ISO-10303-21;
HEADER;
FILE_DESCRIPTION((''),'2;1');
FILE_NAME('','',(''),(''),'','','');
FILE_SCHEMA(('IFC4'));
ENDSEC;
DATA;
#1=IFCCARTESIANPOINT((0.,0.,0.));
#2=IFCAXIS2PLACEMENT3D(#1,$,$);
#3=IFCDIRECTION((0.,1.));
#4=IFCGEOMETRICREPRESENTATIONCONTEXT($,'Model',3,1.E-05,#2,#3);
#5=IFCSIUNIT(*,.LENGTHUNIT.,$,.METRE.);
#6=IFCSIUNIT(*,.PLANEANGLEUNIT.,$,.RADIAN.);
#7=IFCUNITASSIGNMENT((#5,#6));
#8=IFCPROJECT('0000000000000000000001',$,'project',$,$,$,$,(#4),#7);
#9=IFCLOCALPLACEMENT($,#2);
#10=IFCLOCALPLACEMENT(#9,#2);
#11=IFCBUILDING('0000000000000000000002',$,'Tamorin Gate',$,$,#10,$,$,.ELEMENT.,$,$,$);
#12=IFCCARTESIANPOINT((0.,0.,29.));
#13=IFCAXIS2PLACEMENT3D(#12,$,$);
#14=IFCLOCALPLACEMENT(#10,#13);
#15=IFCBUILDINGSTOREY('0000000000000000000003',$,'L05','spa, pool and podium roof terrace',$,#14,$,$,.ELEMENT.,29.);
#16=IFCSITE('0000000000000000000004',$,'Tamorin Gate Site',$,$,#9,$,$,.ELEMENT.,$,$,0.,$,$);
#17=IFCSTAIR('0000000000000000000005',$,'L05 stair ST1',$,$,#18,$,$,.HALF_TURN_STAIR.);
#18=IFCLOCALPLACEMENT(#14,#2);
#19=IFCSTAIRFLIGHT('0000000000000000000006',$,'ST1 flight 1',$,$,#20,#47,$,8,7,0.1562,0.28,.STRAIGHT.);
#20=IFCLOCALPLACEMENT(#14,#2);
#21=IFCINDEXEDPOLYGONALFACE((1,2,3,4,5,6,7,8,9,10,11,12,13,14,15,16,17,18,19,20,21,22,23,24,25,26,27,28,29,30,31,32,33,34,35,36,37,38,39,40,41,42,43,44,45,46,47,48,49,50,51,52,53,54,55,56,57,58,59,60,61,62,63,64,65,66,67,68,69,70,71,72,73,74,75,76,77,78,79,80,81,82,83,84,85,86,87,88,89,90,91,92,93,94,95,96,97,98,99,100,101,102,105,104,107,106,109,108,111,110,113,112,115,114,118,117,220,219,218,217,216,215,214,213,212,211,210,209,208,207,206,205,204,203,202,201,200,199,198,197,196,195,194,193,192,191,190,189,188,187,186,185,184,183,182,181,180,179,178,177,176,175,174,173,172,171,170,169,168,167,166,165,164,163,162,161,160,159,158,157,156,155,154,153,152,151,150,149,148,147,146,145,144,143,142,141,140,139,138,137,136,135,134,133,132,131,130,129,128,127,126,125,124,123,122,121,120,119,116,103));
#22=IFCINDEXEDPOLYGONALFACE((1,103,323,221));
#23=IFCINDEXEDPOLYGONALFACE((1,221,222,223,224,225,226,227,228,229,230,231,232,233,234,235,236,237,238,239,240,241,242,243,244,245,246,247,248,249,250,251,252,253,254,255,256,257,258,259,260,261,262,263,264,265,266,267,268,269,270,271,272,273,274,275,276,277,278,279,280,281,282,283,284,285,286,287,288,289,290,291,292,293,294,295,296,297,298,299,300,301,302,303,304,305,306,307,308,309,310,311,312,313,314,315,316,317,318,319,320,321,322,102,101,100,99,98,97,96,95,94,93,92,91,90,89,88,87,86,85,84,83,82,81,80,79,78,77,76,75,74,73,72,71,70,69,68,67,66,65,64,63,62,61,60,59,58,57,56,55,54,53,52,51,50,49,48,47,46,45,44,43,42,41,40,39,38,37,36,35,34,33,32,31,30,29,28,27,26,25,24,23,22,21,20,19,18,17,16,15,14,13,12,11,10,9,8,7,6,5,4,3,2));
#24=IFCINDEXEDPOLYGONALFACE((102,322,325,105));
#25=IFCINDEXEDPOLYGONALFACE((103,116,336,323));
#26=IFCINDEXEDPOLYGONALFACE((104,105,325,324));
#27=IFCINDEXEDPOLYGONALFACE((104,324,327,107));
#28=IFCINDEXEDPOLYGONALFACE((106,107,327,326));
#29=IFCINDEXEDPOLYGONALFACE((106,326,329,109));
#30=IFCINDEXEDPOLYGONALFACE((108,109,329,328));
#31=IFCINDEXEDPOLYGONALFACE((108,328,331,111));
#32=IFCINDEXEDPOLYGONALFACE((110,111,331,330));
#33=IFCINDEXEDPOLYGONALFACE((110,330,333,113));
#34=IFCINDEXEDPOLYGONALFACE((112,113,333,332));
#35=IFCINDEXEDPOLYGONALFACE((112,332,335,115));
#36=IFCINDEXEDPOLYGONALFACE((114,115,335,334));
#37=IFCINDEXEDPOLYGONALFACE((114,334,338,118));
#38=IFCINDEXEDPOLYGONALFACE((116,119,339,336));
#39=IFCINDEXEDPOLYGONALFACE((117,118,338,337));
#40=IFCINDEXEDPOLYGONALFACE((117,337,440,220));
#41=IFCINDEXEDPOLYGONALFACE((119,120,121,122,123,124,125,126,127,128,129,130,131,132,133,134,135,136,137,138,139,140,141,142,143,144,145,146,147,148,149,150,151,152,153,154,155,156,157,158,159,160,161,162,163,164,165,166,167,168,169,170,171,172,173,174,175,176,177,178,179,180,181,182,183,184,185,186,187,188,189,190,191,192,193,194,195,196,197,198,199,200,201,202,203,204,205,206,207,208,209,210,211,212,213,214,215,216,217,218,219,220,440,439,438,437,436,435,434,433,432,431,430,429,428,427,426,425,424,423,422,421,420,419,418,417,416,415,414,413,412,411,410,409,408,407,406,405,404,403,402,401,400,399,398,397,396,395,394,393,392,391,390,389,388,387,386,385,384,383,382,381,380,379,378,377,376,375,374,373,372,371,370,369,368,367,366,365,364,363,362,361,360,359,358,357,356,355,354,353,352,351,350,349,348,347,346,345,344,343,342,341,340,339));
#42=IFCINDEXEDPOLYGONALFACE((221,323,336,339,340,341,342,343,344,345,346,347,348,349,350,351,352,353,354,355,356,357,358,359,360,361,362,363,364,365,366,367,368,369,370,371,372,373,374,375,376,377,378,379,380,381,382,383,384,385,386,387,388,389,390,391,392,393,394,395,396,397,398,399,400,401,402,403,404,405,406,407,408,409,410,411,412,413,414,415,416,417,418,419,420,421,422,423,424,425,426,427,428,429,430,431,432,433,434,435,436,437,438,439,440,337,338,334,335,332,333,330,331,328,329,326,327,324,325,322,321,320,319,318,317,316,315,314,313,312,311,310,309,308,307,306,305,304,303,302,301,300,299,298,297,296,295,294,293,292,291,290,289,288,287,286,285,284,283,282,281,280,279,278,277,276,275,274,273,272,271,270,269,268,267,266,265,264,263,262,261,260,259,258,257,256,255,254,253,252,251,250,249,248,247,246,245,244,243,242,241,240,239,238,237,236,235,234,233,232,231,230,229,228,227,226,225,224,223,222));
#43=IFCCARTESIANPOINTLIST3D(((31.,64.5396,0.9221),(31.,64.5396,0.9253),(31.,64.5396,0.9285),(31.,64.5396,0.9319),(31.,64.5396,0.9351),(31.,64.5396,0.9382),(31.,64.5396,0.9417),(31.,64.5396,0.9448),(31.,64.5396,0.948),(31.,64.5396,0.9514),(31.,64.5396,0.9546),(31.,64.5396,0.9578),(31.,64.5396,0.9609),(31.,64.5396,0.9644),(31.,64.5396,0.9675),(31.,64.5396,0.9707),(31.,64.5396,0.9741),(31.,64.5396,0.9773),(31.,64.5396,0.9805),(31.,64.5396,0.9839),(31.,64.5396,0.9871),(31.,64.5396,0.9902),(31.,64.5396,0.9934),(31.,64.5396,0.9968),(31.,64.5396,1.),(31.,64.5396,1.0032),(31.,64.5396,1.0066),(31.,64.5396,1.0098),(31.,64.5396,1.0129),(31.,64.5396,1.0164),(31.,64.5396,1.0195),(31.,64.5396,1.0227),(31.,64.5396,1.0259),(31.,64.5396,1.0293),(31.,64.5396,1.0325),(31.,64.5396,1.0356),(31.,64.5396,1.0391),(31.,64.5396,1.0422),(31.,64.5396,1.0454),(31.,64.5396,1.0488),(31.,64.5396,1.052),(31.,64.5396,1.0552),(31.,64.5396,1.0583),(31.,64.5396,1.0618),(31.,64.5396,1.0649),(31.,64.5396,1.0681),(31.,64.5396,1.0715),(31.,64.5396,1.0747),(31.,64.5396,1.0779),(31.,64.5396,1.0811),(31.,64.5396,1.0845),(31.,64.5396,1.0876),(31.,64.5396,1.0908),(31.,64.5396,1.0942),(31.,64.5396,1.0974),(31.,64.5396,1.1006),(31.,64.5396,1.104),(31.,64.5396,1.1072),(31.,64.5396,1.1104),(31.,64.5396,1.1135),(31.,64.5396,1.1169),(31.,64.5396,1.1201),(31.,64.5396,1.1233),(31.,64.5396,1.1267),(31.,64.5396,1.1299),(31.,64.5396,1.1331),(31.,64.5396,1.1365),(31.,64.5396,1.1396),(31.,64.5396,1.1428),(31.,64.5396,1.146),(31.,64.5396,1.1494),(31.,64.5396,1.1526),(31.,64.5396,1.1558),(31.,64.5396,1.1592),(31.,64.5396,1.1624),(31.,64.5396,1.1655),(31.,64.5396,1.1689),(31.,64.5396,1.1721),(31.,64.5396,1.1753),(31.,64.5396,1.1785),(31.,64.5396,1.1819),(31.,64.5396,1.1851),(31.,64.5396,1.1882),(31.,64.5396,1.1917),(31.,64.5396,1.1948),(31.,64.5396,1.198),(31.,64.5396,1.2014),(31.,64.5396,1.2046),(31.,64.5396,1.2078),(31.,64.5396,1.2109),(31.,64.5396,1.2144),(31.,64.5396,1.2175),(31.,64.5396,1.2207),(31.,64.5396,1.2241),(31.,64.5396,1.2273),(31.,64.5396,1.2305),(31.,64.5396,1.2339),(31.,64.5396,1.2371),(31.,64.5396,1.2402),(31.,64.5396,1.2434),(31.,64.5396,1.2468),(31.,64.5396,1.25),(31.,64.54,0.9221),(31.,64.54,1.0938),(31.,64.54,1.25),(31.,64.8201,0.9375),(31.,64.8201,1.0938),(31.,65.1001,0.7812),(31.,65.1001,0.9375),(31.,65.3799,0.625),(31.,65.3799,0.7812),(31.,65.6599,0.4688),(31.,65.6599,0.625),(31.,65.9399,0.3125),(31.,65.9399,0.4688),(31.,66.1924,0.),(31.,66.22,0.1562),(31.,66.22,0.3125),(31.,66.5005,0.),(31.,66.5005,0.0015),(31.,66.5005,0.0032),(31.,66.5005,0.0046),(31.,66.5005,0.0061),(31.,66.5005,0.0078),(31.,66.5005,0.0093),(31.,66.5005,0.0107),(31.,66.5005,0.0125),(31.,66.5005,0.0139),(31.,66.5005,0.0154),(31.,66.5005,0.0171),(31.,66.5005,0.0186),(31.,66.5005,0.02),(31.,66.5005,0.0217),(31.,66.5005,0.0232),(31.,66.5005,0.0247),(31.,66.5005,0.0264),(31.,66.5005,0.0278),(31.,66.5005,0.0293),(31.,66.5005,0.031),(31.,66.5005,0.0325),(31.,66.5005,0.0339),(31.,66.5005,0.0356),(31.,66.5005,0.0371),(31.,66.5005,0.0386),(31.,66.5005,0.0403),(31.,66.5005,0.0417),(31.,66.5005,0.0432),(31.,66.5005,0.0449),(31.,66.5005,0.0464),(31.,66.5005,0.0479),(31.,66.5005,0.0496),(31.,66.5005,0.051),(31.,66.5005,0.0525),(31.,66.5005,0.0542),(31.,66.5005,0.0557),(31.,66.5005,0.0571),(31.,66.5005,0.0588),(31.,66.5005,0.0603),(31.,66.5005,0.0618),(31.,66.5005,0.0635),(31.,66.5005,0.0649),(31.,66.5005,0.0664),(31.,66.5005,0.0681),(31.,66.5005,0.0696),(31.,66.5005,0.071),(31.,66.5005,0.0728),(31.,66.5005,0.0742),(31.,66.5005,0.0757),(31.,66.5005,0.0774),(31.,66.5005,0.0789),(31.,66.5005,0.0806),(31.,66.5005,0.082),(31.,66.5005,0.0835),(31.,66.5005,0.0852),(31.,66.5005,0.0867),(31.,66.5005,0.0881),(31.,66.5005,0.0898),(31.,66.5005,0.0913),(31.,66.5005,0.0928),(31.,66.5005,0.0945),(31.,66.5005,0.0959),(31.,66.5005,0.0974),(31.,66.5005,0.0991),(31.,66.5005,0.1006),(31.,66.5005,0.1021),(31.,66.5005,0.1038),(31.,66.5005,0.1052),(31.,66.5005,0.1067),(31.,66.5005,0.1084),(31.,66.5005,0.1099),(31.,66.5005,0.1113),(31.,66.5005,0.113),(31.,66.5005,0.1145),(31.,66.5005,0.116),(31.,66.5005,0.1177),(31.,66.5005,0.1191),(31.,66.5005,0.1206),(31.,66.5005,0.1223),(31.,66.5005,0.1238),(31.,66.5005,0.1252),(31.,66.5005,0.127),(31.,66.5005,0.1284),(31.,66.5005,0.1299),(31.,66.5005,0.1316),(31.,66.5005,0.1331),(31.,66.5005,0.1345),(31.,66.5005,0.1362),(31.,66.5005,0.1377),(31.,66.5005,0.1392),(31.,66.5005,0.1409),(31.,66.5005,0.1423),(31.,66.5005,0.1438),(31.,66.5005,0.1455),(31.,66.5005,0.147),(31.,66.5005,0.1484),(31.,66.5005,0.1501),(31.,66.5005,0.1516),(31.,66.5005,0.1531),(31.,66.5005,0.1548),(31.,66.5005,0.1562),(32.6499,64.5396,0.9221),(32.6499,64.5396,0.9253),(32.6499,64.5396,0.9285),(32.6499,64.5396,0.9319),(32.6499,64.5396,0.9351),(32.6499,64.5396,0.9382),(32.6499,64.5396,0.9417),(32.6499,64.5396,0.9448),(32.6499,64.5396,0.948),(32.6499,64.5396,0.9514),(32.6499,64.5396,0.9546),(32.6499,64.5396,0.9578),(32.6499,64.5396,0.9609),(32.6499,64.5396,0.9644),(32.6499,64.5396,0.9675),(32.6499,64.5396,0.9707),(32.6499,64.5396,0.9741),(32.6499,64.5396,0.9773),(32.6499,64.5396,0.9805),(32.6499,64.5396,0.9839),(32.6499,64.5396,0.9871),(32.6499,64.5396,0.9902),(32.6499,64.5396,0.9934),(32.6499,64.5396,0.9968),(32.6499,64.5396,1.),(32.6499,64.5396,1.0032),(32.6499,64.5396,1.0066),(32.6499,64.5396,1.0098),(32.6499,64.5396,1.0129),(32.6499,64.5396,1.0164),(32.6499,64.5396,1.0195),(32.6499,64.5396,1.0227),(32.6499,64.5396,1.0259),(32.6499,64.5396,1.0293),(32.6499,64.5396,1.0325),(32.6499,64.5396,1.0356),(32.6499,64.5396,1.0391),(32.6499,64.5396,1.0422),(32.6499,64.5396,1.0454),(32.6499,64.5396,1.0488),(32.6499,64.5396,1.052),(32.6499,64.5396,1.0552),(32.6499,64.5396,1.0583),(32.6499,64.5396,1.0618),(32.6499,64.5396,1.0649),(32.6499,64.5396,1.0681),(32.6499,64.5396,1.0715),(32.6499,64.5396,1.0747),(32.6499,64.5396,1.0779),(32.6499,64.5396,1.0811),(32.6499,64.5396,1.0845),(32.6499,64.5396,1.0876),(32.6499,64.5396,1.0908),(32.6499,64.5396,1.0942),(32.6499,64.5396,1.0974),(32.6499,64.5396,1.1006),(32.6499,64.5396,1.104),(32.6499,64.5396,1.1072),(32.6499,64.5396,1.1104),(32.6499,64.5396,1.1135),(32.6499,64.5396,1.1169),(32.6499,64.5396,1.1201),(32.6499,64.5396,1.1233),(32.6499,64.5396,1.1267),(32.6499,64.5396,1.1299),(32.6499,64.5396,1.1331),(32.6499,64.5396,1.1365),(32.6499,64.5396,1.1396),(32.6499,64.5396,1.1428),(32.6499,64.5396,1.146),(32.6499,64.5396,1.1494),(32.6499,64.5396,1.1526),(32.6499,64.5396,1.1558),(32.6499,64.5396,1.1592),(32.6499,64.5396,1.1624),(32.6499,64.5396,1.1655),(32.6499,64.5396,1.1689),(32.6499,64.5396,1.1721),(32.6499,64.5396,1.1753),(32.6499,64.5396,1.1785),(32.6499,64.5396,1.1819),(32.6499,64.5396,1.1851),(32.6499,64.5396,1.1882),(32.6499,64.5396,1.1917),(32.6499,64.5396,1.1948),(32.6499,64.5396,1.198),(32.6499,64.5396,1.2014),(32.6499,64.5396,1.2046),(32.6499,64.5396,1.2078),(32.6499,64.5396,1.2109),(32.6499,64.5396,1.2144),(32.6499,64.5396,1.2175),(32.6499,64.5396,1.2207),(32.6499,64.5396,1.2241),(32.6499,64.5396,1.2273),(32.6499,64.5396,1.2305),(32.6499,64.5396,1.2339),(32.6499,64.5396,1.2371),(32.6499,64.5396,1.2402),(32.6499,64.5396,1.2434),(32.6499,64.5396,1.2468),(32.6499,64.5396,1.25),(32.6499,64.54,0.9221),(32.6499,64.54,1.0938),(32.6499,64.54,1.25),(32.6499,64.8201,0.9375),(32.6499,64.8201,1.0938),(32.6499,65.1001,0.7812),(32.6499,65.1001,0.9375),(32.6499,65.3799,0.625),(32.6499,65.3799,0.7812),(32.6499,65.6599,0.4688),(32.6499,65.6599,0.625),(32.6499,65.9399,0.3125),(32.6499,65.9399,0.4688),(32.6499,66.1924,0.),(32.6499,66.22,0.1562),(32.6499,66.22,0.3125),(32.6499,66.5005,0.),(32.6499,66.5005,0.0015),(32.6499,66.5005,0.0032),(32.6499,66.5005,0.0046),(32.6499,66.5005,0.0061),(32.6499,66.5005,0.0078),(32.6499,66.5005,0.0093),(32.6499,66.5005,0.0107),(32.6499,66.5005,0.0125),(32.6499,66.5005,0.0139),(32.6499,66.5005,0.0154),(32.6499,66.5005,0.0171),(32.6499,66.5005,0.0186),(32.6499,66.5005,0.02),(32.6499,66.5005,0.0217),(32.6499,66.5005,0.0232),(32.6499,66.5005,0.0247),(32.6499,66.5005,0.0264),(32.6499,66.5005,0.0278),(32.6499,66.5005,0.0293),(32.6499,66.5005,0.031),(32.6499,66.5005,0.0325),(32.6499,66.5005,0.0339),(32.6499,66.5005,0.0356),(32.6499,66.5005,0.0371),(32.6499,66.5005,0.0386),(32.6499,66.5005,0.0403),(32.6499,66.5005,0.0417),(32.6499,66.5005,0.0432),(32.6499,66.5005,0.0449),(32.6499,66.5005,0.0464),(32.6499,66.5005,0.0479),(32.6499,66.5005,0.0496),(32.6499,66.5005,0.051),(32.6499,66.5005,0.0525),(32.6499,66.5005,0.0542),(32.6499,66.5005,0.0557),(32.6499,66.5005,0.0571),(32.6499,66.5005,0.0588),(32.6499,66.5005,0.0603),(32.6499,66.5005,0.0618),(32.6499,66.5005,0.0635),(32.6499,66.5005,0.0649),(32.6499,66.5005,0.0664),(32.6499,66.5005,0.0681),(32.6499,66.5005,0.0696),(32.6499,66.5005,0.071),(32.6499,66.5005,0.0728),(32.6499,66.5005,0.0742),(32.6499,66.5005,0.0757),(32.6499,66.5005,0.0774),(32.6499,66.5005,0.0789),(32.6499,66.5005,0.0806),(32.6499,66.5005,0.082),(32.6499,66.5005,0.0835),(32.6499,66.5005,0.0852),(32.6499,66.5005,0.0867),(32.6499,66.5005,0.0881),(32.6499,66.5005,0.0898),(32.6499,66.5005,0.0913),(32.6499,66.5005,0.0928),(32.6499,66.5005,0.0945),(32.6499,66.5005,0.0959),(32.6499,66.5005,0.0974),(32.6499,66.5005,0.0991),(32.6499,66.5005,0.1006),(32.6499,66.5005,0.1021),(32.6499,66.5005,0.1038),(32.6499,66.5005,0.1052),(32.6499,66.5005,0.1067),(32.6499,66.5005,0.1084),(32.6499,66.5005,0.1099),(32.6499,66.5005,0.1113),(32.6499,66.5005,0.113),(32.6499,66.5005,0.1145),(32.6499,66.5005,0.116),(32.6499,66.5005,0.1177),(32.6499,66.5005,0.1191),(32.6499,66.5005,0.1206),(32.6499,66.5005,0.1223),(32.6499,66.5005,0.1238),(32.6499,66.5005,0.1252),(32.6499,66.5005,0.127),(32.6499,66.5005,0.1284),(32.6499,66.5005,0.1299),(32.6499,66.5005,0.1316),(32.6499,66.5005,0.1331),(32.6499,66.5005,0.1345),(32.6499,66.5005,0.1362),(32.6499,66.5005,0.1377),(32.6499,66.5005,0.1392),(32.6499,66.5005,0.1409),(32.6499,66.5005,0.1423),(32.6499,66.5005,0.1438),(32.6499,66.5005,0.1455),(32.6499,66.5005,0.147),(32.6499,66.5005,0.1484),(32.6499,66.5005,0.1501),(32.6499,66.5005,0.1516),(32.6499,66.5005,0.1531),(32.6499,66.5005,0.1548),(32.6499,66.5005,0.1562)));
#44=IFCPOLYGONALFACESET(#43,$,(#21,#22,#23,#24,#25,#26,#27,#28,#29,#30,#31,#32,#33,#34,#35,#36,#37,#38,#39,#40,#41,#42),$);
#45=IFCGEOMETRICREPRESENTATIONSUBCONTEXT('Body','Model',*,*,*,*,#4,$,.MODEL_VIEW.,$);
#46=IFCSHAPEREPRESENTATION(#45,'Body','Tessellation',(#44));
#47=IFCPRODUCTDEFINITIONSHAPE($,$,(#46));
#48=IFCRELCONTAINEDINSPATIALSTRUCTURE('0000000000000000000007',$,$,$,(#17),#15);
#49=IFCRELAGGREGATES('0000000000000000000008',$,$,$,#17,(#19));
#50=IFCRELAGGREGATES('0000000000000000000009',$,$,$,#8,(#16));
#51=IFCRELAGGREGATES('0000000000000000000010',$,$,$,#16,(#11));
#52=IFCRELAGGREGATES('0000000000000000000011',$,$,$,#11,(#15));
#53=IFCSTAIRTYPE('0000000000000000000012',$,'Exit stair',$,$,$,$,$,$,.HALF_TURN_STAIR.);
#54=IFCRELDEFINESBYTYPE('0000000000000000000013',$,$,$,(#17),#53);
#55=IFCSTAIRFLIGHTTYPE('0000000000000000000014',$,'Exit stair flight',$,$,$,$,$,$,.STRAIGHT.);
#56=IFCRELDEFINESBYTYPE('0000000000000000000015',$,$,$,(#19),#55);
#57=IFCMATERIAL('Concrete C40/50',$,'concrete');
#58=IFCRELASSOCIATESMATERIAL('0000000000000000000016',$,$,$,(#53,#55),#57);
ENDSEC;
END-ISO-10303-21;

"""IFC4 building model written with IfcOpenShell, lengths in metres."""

from ifc_helpers import new_model, si_unit, direction, frame, origin, place, context, subcontext, project, spatial, polyline, outline, extrude, material, type_object, element, aggregate, save


model = new_model("IFC4")

# Units and contexts
model_context = context("Model", 3, precision=1e-05, world=origin(), true_north=direction((0.0, 1.0)))
body_context = subcontext(model_context, "Body", "Model", "MODEL_VIEW")
ifc_project = project(units=[si_unit("LENGTHUNIT", "METRE"), si_unit("PLANEANGLEUNIT", "RADIAN")], contexts=[model_context])

# Site, building, storey
site_placement = place(None, origin())
site = spatial("IfcSite", under=ifc_project, at=site_placement, Name="Tamorin Gate Site", CompositionType="ELEMENT", RefElevation=0.0)
building_placement = place(site_placement, origin())
building = spatial("IfcBuilding", under=site, at=building_placement, Name="Tamorin Gate", CompositionType="ELEMENT")
storey_placement = place(building_placement, frame((0.0, 0.0, 29.0)))
storey = spatial("IfcBuildingStorey", under=building, at=storey_placement, Name="L05", Description="spa, pool and podium roof terrace", CompositionType="ELEMENT", Elevation=29.0)

# Shared definitions
ifc_material_1 = material(Name="Concrete C40/50", Category="concrete")

# Stair, stair flight
stair_type = type_object("IfcStairType", Name="Exit stair", PredefinedType="HALF_TURN_STAIR", material=ifc_material_1)
stair_placement = place(storey_placement, origin())
stair = element("IfcStair", 1, at=stair_placement, inside=storey, type_object=stair_type, Name="L05 stair ST1", PredefinedType="HALF_TURN_STAIR")
stair_flight_type = type_object("IfcStairFlightType", Name="Exit stair flight", PredefinedType="STRAIGHT", material=ifc_material_1)
stair_flight_1_placement = place(storey_placement, frame((31.825, 66.5, 0.0), z_axis=(0.0, 0.0, 1.0), x_axis=(0.0, -1.0, 0.0)))
stair_flight_1 = element("IfcStairFlight", 2, at=stair_flight_1_placement, type_object=stair_flight_type, Name="ST1 flight 1", NumberOfRisers=8, NumberOfTreads=7, PredefinedType="STRAIGHT", RiserHeight=0.1562, TreadLength=0.28, context=body_context, shape_type="SweptSolid", body=[
    extrude(outline(polyline([(-0.0005, 0.0), (-0.0005, 0.0015), (-0.0005, 0.0032), (-0.0005, 0.0046), (-0.0005, 0.0061), (-0.0005, 0.0078), (-0.0005, 0.0093), (-0.0005, 0.0107), (-0.0005, 0.0125), (-0.0005, 0.0139), (-0.0005, 0.0154), (-0.0005, 0.0171), (-0.0005, 0.0186), (-0.0005, 0.02), (-0.0005, 0.0217), (-0.0005, 0.0232), (-0.0005, 0.0247), (-0.0005, 0.0264), (-0.0005, 0.0278), (-0.0005, 0.0293), (-0.0005, 0.031), (-0.0005, 0.0325), (-0.0005, 0.0339), (-0.0005, 0.0356), (-0.0005, 0.0371), (-0.0005, 0.0386), (-0.0005, 0.0403), (-0.0005, 0.0417), (-0.0005, 0.0432), (-0.0005, 0.0449), (-0.0005, 0.0464), (-0.0005, 0.0479), (-0.0005, 0.0496), (-0.0005, 0.051), (-0.0005, 0.0525), (-0.0005, 0.0542), (-0.0005, 0.0557), (-0.0005, 0.0571), (-0.0005, 0.0588), (-0.0005, 0.0603), (-0.0005, 0.0618), (-0.0005, 0.0635), (-0.0005, 0.0649), (-0.0005, 0.0664), (-0.0005, 0.0681), (-0.0005, 0.0696), (-0.0005, 0.071), (-0.0005, 0.0728), (-0.0005, 0.0742), (-0.0005, 0.0757), (-0.0005, 0.0774), (-0.0005, 0.0789), (-0.0005, 0.0806), (-0.0005, 0.082), (-0.0005, 0.0835), (-0.0005, 0.0852), (-0.0005, 0.0867), (-0.0005, 0.0881), (-0.0005, 0.0898), (-0.0005, 0.0913), (-0.0005, 0.0928), (-0.0005, 0.0945), (-0.0005, 0.0959), (-0.0005, 0.0974), (-0.0005, 0.0991), (-0.0005, 0.1006), (-0.0005, 0.1021), (-0.0005, 0.1038), (-0.0005, 0.1052), (-0.0005, 0.1067), (-0.0005, 0.1084), (-0.0005, 0.1099), (-0.0005, 0.1113), (-0.0005, 0.113), (-0.0005, 0.1145), (-0.0005, 0.116), (-0.0005, 0.1177), (-0.0005, 0.1191), (-0.0005, 0.1206), (-0.0005, 0.1223), (-0.0005, 0.1238), (-0.0005, 0.1252), (-0.0005, 0.127), (-0.0005, 0.1284), (-0.0005, 0.1299), (-0.0005, 0.1316), (-0.0005, 0.1331), (-0.0005, 0.1345), (-0.0005, 0.1362), (-0.0005, 0.1377), (-0.0005, 0.1392), (-0.0005, 0.1409), (-0.0005, 0.1423), (-0.0005, 0.1438), (-0.0005, 0.1455), (-0.0005, 0.147), (-0.0005, 0.1484), (-0.0005, 0.1501), (-0.0005, 0.1516), (-0.0005, 0.1531), (-0.0005, 0.1548), (-0.0005, 0.1562), (0.28, 0.1562), (0.28, 0.3125), (0.5601, 0.3125), (0.5601, 0.4688), (0.8401, 0.4688), (0.8401, 0.625), (1.1201, 0.625), (1.1201, 0.7812), (1.3999, 0.7812), (1.3999, 0.9375), (1.6799, 0.9375), (1.6799, 1.0938), (1.96, 1.0938), (1.96, 1.25), (1.9604, 1.25), (1.9604, 1.2468), (1.9604, 1.2434), (1.9604, 1.2402), (1.9604, 1.2371), (1.9604, 1.2339), (1.9604, 1.2305), (1.9604, 1.2273), (1.9604, 1.2241), (1.9604, 1.2207), (1.9604, 1.2175), (1.9604, 1.2144), (1.9604, 1.2109), (1.9604, 1.2078), (1.9604, 1.2046), (1.9604, 1.2014), (1.9604, 1.198), (1.9604, 1.1948), (1.9604, 1.1917), (1.9604, 1.1882), (1.9604, 1.1851), (1.9604, 1.1819), (1.9604, 1.1785), (1.9604, 1.1753), (1.9604, 1.1721), (1.9604, 1.1689), (1.9604, 1.1655), (1.9604, 1.1624), (1.9604, 1.1592), (1.9604, 1.1558), (1.9604, 1.1526), (1.9604, 1.1494), (1.9604, 1.146), (1.9604, 1.1428), (1.9604, 1.1396), (1.9604, 1.1365), (1.9604, 1.1331), (1.9604, 1.1299), (1.9604, 1.1267), (1.9604, 1.1233), (1.9604, 1.1201), (1.9604, 1.1169), (1.9604, 1.1135), (1.9604, 1.1104), (1.9604, 1.1072), (1.9604, 1.104), (1.9604, 1.1006), (1.9604, 1.0974), (1.9604, 1.0942), (1.9604, 1.0908), (1.9604, 1.0876), (1.9604, 1.0845), (1.9604, 1.0811), (1.9604, 1.0779), (1.9604, 1.0747), (1.9604, 1.0715), (1.9604, 1.0681), (1.9604, 1.0649), (1.9604, 1.0618), (1.9604, 1.0583), (1.9604, 1.0552), (1.9604, 1.052), (1.9604, 1.0488), (1.9604, 1.0454), (1.9604, 1.0422), (1.9604, 1.0391), (1.9604, 1.0356), (1.9604, 1.0325), (1.9604, 1.0293), (1.9604, 1.0259), (1.9604, 1.0227), (1.9604, 1.0195), (1.9604, 1.0164), (1.9604, 1.0129), (1.9604, 1.0098), (1.9604, 1.0066), (1.9604, 1.0032), (1.9604, 1.0), (1.9604, 0.9968), (1.9604, 0.9934), (1.9604, 0.9902), (1.9604, 0.9871), (1.9604, 0.9839), (1.9604, 0.9805), (1.9604, 0.9773), (1.9604, 0.9741), (1.9604, 0.9707), (1.9604, 0.9675), (1.9604, 0.9644), (1.9604, 0.9609), (1.9604, 0.9578), (1.9604, 0.9546), (1.9604, 0.9514), (1.9604, 0.948), (1.9604, 0.9448), (1.9604, 0.9417), (1.9604, 0.9382), (1.9604, 0.9351), (1.9604, 0.9319), (1.9604, 0.9285), (1.9604, 0.9253), (1.9604, 0.9221), (1.96, 0.9221), (0.3076, 0.0), (-0.0005, 0.0)])), frame((0.0, 0.825, 0.0), z_axis=(0.0, -1.0, 0.0), x_axis=(1.0, 0.0, 0.0)), (0.0, 0.0, 1.0), 1.6499),
])
aggregate(stair, [stair_flight_1])

save(model, "model.ifc")
